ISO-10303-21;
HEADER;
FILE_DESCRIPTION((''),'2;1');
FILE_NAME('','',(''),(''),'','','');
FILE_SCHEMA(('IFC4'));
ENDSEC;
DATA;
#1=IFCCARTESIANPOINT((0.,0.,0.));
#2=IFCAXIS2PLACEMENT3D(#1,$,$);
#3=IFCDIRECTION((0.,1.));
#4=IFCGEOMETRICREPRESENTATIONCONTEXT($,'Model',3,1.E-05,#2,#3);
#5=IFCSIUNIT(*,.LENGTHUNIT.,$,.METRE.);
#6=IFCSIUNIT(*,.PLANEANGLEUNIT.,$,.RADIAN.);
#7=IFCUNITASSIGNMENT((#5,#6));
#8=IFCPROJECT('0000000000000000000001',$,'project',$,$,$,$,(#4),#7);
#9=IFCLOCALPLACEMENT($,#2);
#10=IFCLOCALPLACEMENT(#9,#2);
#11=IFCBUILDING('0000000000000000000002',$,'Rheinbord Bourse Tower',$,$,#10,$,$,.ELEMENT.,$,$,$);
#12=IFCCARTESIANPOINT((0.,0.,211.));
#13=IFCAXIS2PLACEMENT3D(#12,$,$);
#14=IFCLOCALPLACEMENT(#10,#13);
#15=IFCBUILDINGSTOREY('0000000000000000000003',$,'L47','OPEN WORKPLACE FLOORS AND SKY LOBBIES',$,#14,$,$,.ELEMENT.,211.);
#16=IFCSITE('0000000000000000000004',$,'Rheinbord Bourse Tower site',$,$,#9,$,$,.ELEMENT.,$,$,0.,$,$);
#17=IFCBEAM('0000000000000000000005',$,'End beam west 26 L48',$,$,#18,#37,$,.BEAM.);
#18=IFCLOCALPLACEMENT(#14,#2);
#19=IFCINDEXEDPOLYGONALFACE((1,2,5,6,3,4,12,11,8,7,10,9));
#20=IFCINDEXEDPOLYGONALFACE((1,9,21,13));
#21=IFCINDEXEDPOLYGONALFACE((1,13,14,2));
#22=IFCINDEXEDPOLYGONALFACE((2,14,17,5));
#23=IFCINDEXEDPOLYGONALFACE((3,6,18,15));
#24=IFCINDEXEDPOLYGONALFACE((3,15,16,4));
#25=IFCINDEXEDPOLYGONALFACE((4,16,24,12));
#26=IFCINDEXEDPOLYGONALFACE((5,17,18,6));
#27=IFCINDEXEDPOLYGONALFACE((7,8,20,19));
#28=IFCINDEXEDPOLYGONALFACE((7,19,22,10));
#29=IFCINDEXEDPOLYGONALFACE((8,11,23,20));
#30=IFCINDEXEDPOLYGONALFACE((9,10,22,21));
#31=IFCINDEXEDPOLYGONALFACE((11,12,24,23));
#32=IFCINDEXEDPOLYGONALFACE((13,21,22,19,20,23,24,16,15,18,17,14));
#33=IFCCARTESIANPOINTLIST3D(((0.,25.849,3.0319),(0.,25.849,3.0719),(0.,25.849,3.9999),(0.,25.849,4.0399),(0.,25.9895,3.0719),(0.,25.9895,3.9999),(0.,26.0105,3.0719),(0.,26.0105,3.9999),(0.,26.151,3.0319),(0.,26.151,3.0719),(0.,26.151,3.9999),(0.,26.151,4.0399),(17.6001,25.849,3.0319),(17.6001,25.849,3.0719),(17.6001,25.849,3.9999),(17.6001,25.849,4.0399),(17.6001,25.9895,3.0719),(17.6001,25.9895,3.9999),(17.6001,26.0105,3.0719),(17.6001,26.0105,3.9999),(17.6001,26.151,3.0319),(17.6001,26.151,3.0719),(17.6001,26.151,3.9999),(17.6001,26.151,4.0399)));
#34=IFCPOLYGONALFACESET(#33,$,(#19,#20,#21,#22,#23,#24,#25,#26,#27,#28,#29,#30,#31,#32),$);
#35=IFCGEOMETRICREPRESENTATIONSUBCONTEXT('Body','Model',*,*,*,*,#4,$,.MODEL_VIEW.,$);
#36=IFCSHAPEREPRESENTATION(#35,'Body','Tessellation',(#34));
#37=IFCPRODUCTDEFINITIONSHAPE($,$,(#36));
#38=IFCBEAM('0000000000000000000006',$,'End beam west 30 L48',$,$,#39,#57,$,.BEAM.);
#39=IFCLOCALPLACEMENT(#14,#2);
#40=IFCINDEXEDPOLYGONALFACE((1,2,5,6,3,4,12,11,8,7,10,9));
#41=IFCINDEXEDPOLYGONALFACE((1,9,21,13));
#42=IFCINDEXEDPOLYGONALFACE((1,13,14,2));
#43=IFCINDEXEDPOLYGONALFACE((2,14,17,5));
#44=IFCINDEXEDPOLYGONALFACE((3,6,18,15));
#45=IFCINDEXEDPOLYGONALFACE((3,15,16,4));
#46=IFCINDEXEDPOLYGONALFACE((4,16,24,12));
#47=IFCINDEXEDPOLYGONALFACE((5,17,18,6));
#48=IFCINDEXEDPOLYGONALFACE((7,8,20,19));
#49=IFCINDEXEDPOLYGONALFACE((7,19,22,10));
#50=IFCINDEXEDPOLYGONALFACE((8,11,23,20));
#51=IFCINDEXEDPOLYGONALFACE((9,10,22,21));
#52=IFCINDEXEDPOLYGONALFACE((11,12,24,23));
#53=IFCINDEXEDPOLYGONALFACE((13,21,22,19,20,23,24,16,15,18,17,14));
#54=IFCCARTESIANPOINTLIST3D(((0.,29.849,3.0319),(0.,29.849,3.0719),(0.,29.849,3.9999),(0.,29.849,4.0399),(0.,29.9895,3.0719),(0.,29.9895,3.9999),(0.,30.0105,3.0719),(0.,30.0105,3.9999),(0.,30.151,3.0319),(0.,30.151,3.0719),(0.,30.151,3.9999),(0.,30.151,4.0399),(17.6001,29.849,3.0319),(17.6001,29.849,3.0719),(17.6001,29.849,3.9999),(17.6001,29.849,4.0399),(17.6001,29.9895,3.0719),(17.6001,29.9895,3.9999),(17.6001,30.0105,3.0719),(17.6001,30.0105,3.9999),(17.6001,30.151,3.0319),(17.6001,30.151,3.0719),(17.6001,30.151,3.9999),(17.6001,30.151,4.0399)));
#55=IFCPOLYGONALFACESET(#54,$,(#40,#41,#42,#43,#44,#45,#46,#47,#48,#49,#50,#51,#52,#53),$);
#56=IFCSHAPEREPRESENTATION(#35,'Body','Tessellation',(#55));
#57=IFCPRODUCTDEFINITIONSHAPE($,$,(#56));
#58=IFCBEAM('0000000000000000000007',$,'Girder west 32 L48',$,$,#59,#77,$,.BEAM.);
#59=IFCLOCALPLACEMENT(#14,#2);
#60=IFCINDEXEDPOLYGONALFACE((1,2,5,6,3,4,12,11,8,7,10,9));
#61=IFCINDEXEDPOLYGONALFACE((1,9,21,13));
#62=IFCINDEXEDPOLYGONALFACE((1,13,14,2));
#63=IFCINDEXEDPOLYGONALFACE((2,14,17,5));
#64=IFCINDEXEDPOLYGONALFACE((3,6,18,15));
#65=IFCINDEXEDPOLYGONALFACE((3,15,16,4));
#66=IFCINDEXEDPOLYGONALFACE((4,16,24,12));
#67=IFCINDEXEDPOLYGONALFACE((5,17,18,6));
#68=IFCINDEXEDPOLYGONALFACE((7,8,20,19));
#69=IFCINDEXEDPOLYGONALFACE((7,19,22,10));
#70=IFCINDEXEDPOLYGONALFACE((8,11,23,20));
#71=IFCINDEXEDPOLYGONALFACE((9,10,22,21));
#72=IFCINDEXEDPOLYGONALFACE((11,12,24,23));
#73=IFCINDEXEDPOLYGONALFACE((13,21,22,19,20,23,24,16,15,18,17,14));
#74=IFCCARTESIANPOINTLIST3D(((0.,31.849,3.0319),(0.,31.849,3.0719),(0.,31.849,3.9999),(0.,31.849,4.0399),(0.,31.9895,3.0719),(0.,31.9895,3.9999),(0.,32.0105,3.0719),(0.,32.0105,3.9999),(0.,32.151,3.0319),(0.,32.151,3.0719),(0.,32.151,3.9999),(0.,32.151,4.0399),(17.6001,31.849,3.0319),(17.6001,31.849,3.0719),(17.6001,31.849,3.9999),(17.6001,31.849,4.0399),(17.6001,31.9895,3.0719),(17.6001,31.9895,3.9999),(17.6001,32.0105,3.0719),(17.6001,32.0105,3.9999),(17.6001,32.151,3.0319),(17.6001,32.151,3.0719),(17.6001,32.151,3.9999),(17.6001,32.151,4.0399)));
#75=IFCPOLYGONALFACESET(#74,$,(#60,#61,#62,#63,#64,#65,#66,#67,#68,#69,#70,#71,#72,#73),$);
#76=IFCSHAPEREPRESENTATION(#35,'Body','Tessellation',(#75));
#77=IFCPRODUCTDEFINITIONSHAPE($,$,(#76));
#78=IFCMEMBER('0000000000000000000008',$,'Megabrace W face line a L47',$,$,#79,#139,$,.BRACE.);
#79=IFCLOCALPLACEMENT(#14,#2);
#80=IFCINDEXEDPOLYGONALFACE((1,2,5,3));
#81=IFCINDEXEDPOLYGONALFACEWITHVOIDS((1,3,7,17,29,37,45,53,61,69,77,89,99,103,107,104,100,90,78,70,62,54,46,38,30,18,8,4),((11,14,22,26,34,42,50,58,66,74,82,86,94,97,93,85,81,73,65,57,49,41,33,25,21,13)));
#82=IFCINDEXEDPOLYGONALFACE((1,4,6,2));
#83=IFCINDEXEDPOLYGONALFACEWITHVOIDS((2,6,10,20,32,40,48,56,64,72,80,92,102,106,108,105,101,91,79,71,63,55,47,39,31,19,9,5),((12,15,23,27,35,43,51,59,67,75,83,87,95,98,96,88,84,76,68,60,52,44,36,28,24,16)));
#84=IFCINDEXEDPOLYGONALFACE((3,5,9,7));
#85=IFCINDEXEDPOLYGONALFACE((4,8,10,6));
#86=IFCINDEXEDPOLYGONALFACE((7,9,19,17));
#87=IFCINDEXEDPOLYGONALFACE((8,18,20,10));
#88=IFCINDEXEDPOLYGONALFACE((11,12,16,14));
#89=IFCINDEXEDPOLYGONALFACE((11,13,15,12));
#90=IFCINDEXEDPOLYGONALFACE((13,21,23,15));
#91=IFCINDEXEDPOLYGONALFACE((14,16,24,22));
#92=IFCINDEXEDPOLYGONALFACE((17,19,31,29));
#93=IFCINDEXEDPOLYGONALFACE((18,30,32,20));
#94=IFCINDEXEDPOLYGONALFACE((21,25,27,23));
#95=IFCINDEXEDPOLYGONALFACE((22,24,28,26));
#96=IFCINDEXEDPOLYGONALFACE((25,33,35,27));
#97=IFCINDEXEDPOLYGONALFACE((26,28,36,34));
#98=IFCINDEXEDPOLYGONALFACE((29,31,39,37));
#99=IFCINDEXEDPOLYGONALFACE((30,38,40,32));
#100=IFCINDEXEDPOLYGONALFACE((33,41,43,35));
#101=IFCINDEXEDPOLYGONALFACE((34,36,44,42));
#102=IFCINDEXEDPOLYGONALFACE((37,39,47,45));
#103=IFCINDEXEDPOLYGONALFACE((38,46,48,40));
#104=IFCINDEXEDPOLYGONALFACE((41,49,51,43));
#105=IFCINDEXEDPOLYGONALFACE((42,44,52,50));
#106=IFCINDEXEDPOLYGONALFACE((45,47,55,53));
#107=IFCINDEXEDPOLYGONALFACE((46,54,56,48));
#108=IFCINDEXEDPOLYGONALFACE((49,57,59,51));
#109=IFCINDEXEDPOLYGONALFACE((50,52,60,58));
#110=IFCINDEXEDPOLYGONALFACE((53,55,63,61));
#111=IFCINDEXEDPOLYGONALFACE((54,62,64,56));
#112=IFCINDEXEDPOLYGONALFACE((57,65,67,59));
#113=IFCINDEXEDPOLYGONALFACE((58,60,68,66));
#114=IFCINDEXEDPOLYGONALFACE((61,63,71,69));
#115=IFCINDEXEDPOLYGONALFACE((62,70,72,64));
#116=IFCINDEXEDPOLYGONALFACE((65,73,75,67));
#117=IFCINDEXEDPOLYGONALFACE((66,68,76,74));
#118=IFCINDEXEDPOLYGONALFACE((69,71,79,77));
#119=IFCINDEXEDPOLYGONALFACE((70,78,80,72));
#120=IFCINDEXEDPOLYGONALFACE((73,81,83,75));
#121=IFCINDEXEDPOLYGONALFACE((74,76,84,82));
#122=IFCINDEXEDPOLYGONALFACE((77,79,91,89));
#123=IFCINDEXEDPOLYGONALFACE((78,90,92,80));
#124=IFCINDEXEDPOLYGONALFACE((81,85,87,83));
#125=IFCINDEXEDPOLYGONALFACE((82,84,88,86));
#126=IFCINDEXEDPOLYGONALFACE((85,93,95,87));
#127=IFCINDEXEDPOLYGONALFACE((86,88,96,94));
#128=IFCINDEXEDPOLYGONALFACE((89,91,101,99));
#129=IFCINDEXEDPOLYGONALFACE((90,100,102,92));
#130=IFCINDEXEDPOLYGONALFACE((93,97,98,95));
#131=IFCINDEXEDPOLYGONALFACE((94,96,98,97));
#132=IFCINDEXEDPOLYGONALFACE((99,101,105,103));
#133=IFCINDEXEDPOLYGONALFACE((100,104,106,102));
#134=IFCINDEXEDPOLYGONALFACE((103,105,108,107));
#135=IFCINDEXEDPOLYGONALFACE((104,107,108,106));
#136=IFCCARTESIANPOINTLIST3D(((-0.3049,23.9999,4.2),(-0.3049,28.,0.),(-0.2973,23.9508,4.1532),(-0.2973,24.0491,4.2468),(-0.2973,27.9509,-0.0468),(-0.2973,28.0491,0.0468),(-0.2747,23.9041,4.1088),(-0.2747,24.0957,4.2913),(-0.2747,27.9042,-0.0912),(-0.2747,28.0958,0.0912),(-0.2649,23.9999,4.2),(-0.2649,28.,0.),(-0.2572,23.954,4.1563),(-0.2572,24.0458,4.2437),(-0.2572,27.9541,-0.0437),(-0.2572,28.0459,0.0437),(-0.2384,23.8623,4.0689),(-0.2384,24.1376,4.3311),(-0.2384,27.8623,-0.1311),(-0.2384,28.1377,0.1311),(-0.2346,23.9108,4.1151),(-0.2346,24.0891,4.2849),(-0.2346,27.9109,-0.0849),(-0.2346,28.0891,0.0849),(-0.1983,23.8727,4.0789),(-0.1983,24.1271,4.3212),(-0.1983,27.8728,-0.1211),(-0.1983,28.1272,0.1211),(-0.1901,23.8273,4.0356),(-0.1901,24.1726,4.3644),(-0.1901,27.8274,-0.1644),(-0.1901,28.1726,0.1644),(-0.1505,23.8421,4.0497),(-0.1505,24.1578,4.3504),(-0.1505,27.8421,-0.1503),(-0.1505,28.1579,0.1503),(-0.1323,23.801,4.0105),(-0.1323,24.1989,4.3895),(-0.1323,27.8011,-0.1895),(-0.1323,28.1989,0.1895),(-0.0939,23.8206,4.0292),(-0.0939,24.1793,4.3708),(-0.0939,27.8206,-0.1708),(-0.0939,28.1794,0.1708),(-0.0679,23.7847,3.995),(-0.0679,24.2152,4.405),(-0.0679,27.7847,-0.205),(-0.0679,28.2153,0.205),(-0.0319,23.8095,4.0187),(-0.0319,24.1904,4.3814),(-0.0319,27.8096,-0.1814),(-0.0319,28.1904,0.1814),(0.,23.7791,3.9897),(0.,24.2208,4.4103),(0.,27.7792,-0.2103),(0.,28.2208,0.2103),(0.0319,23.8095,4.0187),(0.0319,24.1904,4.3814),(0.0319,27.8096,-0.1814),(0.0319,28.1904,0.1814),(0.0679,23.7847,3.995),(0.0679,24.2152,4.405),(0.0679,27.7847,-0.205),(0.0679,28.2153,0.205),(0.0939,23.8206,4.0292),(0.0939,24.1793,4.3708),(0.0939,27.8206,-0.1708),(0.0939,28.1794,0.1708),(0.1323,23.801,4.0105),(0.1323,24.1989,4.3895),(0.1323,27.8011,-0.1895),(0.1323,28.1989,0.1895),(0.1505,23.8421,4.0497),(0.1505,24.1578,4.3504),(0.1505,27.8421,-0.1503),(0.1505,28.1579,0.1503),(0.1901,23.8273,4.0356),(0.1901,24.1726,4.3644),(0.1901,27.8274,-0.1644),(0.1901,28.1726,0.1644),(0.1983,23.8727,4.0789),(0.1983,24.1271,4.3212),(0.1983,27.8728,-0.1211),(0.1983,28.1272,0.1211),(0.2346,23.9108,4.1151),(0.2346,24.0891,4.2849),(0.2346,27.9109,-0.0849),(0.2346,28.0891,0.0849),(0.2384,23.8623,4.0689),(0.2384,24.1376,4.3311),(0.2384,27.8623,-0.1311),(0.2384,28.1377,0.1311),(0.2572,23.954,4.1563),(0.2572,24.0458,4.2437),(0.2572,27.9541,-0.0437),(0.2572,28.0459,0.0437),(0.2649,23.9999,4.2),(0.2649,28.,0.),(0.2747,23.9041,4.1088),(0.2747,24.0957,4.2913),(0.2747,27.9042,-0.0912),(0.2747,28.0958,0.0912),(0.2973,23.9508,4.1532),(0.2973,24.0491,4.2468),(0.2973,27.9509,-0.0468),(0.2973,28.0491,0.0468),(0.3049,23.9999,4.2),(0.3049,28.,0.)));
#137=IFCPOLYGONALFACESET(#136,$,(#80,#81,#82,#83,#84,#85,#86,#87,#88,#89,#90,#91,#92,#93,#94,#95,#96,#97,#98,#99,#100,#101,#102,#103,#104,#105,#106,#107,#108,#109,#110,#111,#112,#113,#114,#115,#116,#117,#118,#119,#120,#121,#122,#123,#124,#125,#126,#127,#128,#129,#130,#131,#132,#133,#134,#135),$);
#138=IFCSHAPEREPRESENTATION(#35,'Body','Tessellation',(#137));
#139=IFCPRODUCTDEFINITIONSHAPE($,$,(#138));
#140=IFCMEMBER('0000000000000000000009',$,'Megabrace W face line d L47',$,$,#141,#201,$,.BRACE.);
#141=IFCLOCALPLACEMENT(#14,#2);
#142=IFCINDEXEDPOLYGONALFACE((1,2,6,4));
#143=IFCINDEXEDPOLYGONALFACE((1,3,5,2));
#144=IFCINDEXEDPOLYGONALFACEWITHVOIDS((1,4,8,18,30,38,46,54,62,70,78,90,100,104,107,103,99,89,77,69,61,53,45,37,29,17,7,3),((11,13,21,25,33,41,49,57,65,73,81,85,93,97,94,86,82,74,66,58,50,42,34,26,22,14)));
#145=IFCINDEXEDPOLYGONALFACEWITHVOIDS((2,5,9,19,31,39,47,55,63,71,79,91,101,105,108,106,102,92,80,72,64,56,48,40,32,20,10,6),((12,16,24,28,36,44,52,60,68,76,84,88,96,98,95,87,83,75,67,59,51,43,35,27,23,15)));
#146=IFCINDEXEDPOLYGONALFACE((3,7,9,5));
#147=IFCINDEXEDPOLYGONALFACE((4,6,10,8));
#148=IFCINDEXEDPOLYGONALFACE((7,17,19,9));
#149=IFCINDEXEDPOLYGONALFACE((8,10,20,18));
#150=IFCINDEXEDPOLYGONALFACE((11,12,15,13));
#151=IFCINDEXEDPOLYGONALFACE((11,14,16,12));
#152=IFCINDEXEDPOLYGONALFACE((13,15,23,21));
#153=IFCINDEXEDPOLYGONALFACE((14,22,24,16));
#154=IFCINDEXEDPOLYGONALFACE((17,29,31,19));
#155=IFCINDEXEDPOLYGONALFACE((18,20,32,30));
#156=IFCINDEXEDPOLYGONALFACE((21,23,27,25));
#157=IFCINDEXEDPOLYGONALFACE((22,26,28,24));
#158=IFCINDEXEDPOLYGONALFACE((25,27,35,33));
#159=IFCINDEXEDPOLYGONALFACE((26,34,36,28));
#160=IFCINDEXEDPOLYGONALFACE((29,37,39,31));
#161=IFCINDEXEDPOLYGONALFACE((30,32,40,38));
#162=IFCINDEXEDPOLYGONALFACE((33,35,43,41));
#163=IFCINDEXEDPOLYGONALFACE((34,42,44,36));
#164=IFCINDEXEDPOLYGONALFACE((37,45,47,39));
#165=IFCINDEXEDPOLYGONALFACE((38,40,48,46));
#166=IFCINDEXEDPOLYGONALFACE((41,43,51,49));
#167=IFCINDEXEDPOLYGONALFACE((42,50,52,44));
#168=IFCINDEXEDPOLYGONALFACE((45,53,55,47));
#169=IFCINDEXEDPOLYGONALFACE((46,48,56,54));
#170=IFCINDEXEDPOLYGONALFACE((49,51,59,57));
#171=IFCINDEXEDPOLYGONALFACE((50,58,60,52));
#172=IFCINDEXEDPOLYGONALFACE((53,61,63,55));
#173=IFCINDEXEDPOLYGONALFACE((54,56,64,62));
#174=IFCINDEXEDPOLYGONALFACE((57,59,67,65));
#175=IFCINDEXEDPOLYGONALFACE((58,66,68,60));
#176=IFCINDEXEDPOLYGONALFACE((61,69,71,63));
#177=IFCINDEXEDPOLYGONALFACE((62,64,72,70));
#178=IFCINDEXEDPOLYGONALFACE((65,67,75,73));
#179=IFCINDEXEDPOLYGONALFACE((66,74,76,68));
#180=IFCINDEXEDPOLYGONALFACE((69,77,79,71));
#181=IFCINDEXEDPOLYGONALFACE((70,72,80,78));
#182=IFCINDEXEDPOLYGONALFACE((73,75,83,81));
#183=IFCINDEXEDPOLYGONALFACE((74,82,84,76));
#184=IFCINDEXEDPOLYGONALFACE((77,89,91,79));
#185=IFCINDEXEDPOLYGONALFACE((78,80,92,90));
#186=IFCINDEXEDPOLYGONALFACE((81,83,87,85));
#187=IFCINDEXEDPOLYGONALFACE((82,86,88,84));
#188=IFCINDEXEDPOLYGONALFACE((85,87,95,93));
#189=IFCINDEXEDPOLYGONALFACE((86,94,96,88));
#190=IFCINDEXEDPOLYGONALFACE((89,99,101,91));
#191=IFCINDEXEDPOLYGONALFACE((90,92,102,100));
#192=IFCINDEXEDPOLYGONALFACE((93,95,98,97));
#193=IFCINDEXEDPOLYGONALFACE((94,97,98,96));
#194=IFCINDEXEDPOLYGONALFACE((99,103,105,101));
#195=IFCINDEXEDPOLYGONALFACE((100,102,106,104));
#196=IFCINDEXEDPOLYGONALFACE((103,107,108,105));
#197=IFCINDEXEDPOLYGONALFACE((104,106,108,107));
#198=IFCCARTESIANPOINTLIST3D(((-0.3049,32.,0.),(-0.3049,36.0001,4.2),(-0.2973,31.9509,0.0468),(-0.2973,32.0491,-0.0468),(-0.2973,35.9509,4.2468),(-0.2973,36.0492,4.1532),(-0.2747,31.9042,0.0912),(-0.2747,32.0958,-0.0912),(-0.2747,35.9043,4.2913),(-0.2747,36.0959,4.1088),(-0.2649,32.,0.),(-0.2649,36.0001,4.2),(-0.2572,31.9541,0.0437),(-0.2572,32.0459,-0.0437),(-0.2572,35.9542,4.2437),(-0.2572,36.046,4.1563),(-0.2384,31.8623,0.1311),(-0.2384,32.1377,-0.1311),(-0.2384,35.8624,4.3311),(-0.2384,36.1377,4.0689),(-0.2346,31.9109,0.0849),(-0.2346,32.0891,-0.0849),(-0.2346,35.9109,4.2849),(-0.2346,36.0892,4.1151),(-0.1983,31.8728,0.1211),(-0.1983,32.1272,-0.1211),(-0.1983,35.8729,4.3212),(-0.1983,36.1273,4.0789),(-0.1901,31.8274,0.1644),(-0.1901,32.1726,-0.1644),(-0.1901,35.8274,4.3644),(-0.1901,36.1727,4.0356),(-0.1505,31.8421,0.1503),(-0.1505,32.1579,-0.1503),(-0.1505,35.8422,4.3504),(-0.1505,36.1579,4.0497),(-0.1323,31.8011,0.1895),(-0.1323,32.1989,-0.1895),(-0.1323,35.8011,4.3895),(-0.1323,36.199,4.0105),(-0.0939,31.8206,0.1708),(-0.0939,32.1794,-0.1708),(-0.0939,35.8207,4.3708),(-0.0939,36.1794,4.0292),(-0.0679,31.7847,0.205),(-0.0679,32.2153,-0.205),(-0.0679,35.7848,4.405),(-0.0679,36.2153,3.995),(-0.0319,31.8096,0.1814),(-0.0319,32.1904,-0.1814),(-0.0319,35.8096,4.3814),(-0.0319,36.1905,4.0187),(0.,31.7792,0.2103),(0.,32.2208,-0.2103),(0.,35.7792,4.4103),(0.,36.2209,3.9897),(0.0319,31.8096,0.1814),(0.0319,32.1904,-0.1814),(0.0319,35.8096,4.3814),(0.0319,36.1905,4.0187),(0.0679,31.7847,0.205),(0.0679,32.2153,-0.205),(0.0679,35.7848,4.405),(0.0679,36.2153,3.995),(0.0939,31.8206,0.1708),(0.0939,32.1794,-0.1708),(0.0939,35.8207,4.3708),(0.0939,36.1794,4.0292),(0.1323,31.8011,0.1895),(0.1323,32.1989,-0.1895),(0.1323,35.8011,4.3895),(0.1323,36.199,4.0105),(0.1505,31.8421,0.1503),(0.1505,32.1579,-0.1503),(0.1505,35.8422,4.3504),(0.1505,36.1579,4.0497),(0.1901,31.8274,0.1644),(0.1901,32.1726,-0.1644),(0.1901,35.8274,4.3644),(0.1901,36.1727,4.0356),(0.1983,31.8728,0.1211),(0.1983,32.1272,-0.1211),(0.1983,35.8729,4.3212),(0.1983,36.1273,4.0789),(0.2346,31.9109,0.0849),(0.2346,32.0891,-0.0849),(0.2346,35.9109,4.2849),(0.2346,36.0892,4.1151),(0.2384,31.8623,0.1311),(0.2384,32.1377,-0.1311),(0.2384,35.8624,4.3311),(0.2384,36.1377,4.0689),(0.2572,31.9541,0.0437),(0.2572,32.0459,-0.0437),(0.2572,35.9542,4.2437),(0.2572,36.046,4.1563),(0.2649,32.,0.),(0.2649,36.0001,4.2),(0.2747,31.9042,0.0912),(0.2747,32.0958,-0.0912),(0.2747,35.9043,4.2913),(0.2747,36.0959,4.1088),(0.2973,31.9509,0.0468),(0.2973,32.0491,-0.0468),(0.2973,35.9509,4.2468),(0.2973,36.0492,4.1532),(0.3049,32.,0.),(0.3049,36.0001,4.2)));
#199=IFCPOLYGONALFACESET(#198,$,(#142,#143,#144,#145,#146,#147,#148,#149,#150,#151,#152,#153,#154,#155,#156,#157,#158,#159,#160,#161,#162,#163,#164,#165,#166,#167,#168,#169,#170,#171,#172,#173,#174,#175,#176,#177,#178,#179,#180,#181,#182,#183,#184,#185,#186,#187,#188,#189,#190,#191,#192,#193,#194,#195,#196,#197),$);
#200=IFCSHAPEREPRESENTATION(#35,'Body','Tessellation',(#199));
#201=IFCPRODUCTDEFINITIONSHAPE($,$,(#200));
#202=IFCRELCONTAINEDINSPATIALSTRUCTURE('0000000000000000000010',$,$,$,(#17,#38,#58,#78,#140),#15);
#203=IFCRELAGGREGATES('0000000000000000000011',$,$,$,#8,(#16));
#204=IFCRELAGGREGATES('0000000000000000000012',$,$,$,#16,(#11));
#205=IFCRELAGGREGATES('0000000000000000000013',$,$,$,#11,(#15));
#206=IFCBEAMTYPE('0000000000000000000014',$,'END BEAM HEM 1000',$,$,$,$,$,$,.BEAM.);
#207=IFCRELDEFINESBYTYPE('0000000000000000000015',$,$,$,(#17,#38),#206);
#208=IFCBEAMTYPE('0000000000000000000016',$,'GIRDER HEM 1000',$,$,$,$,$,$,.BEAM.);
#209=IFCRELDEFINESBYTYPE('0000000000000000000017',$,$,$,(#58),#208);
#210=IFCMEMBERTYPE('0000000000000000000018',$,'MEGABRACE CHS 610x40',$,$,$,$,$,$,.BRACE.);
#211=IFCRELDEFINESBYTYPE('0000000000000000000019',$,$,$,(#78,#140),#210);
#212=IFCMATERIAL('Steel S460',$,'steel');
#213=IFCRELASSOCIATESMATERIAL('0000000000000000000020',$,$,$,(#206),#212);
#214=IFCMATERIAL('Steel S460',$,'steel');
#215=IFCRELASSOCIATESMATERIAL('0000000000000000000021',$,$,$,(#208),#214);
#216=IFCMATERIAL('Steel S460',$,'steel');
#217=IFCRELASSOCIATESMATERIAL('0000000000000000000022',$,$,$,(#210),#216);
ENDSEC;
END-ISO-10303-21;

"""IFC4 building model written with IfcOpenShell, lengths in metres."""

from ifc_helpers import new_model, si_unit, direction, frame, origin, origin_2d, place, context, subcontext, project, spatial, hollow_circle, i_section, extrude, material, material_profile, profile_set, type_object, element, save


model = new_model("IFC4")

# Units and contexts
model_context = context("Model", 3, precision=1e-05, world=origin(), true_north=direction((0.0, 1.0)))
body_context = subcontext(model_context, "Body", "Model", "MODEL_VIEW")
ifc_project = project(units=[si_unit("LENGTHUNIT", "METRE"), si_unit("PLANEANGLEUNIT", "RADIAN")], contexts=[model_context])

# Site, building, storey
site_placement = place(None, origin())
site = spatial("IfcSite", under=ifc_project, at=site_placement, Name="Rheinbord Bourse Tower site", CompositionType="ELEMENT", RefElevation=0.0)
building_placement = place(site_placement, origin())
building = spatial("IfcBuilding", under=site, at=building_placement, Name="Rheinbord Bourse Tower", CompositionType="ELEMENT")
storey_placement = place(building_placement, frame((0.0, 0.0, 211.0)))
storey = spatial("IfcBuildingStorey", under=building, at=storey_placement, Name="L47", Description="OPEN WORKPLACE FLOORS AND SKY LOBBIES", CompositionType="ELEMENT", Elevation=211.0)

# Beams
ifc_material_1 = material(Name="Steel S460", Category="steel")
ifc_material_profile_1 = material_profile(ifc_material_1, i_section(OverallWidth=0.302, OverallDepth=1.0081, WebThickness=0.021, FlangeThickness=0.04, at=origin_2d()), Name="HEM 1000")
ifc_profile_set_1 = profile_set([ifc_material_profile_1], Name="Steel S460")
beam_type_1 = type_object("IfcBeamType", Name="END BEAM HEM 1000", PredefinedType="BEAM", material=ifc_profile_set_1)
for number, where, z_axis, x_axis, name in (
    (1, (0.0, 26.0, 3.5359), (1.0, 0.0, 0.0), (0.0, 1.0, 0.0), "End beam west 26 L48"),
    (2, (0.0, 30.0, 3.5359), (1.0, 0.0, 0.0), (0.0, 1.0, 0.0), "End beam west 30 L48"),
):
    element("IfcBeam", number, at=place(storey_placement, frame(where, z_axis=z_axis, x_axis=x_axis)), inside=storey, type_object=beam_type_1, Name=name, PredefinedType="BEAM", context=body_context, shape_type="SweptSolid", body=[
        extrude(i_section(OverallWidth=0.302, OverallDepth=1.0081, WebThickness=0.021, FlangeThickness=0.04, at=origin_2d()), origin(), (0.0, 0.0, 1.0), 17.6001),
    ])
ifc_material_2 = material(Name="Steel S460", Category="steel")
ifc_material_profile_2 = material_profile(ifc_material_2, i_section(OverallWidth=0.302, OverallDepth=1.0081, WebThickness=0.021, FlangeThickness=0.04, at=origin_2d()), Name="HEM 1000")
ifc_profile_set_2 = profile_set([ifc_material_profile_2], Name="Steel S460")
beam_type_2 = type_object("IfcBeamType", Name="GIRDER HEM 1000", PredefinedType="BEAM", material=ifc_profile_set_2)
beam_placement = place(storey_placement, frame((0.0, 32.0, 3.5359), z_axis=(1.0, 0.0, 0.0), x_axis=(0.0, 1.0, 0.0)))
element("IfcBeam", 3, at=beam_placement, inside=storey, type_object=beam_type_2, Name="Girder west 32 L48", PredefinedType="BEAM", context=body_context, shape_type="SweptSolid", body=[
    extrude(i_section(OverallWidth=0.302, OverallDepth=1.0081, WebThickness=0.021, FlangeThickness=0.04, at=origin_2d()), origin(), (0.0, 0.0, 1.0), 17.6001),
])

# Members
ifc_material_3 = material(Name="Steel S460", Category="steel")
ifc_material_profile_3 = material_profile(ifc_material_3, hollow_circle(Radius=0.3049, WallThickness=0.04, at=origin_2d()), Name="CHS 610x40")
ifc_profile_set_3 = profile_set([ifc_material_profile_3], Name="Steel S460")
member_type_1 = type_object("IfcMemberType", Name="MEGABRACE CHS 610x40", PredefinedType="BRACE", material=ifc_profile_set_3)
for number, where, z_axis, x_axis, name in (
    (4, (0.0, 28.0, 0.0), (0.0, -0.689659, 0.724134), (1.0, 0.0, 0.0), "Megabrace W face line a L47"),
    (5, (0.0, 32.0, 0.0), (0.0, 0.689659, 0.724134), (-1.0, 0.0, 0.0), "Megabrace W face line d L47"),
):
    element("IfcMember", number, at=place(storey_placement, frame(where, z_axis=z_axis, x_axis=x_axis)), inside=storey, type_object=member_type_1, Name=name, PredefinedType="BRACE", context=body_context, shape_type="SweptSolid", body=[
        extrude(hollow_circle(Radius=0.3049, WallThickness=0.04, at=origin_2d()), origin(), (0.0, 0.0, 1.0), 5.8),
    ])

save(model, "model.ifc")
